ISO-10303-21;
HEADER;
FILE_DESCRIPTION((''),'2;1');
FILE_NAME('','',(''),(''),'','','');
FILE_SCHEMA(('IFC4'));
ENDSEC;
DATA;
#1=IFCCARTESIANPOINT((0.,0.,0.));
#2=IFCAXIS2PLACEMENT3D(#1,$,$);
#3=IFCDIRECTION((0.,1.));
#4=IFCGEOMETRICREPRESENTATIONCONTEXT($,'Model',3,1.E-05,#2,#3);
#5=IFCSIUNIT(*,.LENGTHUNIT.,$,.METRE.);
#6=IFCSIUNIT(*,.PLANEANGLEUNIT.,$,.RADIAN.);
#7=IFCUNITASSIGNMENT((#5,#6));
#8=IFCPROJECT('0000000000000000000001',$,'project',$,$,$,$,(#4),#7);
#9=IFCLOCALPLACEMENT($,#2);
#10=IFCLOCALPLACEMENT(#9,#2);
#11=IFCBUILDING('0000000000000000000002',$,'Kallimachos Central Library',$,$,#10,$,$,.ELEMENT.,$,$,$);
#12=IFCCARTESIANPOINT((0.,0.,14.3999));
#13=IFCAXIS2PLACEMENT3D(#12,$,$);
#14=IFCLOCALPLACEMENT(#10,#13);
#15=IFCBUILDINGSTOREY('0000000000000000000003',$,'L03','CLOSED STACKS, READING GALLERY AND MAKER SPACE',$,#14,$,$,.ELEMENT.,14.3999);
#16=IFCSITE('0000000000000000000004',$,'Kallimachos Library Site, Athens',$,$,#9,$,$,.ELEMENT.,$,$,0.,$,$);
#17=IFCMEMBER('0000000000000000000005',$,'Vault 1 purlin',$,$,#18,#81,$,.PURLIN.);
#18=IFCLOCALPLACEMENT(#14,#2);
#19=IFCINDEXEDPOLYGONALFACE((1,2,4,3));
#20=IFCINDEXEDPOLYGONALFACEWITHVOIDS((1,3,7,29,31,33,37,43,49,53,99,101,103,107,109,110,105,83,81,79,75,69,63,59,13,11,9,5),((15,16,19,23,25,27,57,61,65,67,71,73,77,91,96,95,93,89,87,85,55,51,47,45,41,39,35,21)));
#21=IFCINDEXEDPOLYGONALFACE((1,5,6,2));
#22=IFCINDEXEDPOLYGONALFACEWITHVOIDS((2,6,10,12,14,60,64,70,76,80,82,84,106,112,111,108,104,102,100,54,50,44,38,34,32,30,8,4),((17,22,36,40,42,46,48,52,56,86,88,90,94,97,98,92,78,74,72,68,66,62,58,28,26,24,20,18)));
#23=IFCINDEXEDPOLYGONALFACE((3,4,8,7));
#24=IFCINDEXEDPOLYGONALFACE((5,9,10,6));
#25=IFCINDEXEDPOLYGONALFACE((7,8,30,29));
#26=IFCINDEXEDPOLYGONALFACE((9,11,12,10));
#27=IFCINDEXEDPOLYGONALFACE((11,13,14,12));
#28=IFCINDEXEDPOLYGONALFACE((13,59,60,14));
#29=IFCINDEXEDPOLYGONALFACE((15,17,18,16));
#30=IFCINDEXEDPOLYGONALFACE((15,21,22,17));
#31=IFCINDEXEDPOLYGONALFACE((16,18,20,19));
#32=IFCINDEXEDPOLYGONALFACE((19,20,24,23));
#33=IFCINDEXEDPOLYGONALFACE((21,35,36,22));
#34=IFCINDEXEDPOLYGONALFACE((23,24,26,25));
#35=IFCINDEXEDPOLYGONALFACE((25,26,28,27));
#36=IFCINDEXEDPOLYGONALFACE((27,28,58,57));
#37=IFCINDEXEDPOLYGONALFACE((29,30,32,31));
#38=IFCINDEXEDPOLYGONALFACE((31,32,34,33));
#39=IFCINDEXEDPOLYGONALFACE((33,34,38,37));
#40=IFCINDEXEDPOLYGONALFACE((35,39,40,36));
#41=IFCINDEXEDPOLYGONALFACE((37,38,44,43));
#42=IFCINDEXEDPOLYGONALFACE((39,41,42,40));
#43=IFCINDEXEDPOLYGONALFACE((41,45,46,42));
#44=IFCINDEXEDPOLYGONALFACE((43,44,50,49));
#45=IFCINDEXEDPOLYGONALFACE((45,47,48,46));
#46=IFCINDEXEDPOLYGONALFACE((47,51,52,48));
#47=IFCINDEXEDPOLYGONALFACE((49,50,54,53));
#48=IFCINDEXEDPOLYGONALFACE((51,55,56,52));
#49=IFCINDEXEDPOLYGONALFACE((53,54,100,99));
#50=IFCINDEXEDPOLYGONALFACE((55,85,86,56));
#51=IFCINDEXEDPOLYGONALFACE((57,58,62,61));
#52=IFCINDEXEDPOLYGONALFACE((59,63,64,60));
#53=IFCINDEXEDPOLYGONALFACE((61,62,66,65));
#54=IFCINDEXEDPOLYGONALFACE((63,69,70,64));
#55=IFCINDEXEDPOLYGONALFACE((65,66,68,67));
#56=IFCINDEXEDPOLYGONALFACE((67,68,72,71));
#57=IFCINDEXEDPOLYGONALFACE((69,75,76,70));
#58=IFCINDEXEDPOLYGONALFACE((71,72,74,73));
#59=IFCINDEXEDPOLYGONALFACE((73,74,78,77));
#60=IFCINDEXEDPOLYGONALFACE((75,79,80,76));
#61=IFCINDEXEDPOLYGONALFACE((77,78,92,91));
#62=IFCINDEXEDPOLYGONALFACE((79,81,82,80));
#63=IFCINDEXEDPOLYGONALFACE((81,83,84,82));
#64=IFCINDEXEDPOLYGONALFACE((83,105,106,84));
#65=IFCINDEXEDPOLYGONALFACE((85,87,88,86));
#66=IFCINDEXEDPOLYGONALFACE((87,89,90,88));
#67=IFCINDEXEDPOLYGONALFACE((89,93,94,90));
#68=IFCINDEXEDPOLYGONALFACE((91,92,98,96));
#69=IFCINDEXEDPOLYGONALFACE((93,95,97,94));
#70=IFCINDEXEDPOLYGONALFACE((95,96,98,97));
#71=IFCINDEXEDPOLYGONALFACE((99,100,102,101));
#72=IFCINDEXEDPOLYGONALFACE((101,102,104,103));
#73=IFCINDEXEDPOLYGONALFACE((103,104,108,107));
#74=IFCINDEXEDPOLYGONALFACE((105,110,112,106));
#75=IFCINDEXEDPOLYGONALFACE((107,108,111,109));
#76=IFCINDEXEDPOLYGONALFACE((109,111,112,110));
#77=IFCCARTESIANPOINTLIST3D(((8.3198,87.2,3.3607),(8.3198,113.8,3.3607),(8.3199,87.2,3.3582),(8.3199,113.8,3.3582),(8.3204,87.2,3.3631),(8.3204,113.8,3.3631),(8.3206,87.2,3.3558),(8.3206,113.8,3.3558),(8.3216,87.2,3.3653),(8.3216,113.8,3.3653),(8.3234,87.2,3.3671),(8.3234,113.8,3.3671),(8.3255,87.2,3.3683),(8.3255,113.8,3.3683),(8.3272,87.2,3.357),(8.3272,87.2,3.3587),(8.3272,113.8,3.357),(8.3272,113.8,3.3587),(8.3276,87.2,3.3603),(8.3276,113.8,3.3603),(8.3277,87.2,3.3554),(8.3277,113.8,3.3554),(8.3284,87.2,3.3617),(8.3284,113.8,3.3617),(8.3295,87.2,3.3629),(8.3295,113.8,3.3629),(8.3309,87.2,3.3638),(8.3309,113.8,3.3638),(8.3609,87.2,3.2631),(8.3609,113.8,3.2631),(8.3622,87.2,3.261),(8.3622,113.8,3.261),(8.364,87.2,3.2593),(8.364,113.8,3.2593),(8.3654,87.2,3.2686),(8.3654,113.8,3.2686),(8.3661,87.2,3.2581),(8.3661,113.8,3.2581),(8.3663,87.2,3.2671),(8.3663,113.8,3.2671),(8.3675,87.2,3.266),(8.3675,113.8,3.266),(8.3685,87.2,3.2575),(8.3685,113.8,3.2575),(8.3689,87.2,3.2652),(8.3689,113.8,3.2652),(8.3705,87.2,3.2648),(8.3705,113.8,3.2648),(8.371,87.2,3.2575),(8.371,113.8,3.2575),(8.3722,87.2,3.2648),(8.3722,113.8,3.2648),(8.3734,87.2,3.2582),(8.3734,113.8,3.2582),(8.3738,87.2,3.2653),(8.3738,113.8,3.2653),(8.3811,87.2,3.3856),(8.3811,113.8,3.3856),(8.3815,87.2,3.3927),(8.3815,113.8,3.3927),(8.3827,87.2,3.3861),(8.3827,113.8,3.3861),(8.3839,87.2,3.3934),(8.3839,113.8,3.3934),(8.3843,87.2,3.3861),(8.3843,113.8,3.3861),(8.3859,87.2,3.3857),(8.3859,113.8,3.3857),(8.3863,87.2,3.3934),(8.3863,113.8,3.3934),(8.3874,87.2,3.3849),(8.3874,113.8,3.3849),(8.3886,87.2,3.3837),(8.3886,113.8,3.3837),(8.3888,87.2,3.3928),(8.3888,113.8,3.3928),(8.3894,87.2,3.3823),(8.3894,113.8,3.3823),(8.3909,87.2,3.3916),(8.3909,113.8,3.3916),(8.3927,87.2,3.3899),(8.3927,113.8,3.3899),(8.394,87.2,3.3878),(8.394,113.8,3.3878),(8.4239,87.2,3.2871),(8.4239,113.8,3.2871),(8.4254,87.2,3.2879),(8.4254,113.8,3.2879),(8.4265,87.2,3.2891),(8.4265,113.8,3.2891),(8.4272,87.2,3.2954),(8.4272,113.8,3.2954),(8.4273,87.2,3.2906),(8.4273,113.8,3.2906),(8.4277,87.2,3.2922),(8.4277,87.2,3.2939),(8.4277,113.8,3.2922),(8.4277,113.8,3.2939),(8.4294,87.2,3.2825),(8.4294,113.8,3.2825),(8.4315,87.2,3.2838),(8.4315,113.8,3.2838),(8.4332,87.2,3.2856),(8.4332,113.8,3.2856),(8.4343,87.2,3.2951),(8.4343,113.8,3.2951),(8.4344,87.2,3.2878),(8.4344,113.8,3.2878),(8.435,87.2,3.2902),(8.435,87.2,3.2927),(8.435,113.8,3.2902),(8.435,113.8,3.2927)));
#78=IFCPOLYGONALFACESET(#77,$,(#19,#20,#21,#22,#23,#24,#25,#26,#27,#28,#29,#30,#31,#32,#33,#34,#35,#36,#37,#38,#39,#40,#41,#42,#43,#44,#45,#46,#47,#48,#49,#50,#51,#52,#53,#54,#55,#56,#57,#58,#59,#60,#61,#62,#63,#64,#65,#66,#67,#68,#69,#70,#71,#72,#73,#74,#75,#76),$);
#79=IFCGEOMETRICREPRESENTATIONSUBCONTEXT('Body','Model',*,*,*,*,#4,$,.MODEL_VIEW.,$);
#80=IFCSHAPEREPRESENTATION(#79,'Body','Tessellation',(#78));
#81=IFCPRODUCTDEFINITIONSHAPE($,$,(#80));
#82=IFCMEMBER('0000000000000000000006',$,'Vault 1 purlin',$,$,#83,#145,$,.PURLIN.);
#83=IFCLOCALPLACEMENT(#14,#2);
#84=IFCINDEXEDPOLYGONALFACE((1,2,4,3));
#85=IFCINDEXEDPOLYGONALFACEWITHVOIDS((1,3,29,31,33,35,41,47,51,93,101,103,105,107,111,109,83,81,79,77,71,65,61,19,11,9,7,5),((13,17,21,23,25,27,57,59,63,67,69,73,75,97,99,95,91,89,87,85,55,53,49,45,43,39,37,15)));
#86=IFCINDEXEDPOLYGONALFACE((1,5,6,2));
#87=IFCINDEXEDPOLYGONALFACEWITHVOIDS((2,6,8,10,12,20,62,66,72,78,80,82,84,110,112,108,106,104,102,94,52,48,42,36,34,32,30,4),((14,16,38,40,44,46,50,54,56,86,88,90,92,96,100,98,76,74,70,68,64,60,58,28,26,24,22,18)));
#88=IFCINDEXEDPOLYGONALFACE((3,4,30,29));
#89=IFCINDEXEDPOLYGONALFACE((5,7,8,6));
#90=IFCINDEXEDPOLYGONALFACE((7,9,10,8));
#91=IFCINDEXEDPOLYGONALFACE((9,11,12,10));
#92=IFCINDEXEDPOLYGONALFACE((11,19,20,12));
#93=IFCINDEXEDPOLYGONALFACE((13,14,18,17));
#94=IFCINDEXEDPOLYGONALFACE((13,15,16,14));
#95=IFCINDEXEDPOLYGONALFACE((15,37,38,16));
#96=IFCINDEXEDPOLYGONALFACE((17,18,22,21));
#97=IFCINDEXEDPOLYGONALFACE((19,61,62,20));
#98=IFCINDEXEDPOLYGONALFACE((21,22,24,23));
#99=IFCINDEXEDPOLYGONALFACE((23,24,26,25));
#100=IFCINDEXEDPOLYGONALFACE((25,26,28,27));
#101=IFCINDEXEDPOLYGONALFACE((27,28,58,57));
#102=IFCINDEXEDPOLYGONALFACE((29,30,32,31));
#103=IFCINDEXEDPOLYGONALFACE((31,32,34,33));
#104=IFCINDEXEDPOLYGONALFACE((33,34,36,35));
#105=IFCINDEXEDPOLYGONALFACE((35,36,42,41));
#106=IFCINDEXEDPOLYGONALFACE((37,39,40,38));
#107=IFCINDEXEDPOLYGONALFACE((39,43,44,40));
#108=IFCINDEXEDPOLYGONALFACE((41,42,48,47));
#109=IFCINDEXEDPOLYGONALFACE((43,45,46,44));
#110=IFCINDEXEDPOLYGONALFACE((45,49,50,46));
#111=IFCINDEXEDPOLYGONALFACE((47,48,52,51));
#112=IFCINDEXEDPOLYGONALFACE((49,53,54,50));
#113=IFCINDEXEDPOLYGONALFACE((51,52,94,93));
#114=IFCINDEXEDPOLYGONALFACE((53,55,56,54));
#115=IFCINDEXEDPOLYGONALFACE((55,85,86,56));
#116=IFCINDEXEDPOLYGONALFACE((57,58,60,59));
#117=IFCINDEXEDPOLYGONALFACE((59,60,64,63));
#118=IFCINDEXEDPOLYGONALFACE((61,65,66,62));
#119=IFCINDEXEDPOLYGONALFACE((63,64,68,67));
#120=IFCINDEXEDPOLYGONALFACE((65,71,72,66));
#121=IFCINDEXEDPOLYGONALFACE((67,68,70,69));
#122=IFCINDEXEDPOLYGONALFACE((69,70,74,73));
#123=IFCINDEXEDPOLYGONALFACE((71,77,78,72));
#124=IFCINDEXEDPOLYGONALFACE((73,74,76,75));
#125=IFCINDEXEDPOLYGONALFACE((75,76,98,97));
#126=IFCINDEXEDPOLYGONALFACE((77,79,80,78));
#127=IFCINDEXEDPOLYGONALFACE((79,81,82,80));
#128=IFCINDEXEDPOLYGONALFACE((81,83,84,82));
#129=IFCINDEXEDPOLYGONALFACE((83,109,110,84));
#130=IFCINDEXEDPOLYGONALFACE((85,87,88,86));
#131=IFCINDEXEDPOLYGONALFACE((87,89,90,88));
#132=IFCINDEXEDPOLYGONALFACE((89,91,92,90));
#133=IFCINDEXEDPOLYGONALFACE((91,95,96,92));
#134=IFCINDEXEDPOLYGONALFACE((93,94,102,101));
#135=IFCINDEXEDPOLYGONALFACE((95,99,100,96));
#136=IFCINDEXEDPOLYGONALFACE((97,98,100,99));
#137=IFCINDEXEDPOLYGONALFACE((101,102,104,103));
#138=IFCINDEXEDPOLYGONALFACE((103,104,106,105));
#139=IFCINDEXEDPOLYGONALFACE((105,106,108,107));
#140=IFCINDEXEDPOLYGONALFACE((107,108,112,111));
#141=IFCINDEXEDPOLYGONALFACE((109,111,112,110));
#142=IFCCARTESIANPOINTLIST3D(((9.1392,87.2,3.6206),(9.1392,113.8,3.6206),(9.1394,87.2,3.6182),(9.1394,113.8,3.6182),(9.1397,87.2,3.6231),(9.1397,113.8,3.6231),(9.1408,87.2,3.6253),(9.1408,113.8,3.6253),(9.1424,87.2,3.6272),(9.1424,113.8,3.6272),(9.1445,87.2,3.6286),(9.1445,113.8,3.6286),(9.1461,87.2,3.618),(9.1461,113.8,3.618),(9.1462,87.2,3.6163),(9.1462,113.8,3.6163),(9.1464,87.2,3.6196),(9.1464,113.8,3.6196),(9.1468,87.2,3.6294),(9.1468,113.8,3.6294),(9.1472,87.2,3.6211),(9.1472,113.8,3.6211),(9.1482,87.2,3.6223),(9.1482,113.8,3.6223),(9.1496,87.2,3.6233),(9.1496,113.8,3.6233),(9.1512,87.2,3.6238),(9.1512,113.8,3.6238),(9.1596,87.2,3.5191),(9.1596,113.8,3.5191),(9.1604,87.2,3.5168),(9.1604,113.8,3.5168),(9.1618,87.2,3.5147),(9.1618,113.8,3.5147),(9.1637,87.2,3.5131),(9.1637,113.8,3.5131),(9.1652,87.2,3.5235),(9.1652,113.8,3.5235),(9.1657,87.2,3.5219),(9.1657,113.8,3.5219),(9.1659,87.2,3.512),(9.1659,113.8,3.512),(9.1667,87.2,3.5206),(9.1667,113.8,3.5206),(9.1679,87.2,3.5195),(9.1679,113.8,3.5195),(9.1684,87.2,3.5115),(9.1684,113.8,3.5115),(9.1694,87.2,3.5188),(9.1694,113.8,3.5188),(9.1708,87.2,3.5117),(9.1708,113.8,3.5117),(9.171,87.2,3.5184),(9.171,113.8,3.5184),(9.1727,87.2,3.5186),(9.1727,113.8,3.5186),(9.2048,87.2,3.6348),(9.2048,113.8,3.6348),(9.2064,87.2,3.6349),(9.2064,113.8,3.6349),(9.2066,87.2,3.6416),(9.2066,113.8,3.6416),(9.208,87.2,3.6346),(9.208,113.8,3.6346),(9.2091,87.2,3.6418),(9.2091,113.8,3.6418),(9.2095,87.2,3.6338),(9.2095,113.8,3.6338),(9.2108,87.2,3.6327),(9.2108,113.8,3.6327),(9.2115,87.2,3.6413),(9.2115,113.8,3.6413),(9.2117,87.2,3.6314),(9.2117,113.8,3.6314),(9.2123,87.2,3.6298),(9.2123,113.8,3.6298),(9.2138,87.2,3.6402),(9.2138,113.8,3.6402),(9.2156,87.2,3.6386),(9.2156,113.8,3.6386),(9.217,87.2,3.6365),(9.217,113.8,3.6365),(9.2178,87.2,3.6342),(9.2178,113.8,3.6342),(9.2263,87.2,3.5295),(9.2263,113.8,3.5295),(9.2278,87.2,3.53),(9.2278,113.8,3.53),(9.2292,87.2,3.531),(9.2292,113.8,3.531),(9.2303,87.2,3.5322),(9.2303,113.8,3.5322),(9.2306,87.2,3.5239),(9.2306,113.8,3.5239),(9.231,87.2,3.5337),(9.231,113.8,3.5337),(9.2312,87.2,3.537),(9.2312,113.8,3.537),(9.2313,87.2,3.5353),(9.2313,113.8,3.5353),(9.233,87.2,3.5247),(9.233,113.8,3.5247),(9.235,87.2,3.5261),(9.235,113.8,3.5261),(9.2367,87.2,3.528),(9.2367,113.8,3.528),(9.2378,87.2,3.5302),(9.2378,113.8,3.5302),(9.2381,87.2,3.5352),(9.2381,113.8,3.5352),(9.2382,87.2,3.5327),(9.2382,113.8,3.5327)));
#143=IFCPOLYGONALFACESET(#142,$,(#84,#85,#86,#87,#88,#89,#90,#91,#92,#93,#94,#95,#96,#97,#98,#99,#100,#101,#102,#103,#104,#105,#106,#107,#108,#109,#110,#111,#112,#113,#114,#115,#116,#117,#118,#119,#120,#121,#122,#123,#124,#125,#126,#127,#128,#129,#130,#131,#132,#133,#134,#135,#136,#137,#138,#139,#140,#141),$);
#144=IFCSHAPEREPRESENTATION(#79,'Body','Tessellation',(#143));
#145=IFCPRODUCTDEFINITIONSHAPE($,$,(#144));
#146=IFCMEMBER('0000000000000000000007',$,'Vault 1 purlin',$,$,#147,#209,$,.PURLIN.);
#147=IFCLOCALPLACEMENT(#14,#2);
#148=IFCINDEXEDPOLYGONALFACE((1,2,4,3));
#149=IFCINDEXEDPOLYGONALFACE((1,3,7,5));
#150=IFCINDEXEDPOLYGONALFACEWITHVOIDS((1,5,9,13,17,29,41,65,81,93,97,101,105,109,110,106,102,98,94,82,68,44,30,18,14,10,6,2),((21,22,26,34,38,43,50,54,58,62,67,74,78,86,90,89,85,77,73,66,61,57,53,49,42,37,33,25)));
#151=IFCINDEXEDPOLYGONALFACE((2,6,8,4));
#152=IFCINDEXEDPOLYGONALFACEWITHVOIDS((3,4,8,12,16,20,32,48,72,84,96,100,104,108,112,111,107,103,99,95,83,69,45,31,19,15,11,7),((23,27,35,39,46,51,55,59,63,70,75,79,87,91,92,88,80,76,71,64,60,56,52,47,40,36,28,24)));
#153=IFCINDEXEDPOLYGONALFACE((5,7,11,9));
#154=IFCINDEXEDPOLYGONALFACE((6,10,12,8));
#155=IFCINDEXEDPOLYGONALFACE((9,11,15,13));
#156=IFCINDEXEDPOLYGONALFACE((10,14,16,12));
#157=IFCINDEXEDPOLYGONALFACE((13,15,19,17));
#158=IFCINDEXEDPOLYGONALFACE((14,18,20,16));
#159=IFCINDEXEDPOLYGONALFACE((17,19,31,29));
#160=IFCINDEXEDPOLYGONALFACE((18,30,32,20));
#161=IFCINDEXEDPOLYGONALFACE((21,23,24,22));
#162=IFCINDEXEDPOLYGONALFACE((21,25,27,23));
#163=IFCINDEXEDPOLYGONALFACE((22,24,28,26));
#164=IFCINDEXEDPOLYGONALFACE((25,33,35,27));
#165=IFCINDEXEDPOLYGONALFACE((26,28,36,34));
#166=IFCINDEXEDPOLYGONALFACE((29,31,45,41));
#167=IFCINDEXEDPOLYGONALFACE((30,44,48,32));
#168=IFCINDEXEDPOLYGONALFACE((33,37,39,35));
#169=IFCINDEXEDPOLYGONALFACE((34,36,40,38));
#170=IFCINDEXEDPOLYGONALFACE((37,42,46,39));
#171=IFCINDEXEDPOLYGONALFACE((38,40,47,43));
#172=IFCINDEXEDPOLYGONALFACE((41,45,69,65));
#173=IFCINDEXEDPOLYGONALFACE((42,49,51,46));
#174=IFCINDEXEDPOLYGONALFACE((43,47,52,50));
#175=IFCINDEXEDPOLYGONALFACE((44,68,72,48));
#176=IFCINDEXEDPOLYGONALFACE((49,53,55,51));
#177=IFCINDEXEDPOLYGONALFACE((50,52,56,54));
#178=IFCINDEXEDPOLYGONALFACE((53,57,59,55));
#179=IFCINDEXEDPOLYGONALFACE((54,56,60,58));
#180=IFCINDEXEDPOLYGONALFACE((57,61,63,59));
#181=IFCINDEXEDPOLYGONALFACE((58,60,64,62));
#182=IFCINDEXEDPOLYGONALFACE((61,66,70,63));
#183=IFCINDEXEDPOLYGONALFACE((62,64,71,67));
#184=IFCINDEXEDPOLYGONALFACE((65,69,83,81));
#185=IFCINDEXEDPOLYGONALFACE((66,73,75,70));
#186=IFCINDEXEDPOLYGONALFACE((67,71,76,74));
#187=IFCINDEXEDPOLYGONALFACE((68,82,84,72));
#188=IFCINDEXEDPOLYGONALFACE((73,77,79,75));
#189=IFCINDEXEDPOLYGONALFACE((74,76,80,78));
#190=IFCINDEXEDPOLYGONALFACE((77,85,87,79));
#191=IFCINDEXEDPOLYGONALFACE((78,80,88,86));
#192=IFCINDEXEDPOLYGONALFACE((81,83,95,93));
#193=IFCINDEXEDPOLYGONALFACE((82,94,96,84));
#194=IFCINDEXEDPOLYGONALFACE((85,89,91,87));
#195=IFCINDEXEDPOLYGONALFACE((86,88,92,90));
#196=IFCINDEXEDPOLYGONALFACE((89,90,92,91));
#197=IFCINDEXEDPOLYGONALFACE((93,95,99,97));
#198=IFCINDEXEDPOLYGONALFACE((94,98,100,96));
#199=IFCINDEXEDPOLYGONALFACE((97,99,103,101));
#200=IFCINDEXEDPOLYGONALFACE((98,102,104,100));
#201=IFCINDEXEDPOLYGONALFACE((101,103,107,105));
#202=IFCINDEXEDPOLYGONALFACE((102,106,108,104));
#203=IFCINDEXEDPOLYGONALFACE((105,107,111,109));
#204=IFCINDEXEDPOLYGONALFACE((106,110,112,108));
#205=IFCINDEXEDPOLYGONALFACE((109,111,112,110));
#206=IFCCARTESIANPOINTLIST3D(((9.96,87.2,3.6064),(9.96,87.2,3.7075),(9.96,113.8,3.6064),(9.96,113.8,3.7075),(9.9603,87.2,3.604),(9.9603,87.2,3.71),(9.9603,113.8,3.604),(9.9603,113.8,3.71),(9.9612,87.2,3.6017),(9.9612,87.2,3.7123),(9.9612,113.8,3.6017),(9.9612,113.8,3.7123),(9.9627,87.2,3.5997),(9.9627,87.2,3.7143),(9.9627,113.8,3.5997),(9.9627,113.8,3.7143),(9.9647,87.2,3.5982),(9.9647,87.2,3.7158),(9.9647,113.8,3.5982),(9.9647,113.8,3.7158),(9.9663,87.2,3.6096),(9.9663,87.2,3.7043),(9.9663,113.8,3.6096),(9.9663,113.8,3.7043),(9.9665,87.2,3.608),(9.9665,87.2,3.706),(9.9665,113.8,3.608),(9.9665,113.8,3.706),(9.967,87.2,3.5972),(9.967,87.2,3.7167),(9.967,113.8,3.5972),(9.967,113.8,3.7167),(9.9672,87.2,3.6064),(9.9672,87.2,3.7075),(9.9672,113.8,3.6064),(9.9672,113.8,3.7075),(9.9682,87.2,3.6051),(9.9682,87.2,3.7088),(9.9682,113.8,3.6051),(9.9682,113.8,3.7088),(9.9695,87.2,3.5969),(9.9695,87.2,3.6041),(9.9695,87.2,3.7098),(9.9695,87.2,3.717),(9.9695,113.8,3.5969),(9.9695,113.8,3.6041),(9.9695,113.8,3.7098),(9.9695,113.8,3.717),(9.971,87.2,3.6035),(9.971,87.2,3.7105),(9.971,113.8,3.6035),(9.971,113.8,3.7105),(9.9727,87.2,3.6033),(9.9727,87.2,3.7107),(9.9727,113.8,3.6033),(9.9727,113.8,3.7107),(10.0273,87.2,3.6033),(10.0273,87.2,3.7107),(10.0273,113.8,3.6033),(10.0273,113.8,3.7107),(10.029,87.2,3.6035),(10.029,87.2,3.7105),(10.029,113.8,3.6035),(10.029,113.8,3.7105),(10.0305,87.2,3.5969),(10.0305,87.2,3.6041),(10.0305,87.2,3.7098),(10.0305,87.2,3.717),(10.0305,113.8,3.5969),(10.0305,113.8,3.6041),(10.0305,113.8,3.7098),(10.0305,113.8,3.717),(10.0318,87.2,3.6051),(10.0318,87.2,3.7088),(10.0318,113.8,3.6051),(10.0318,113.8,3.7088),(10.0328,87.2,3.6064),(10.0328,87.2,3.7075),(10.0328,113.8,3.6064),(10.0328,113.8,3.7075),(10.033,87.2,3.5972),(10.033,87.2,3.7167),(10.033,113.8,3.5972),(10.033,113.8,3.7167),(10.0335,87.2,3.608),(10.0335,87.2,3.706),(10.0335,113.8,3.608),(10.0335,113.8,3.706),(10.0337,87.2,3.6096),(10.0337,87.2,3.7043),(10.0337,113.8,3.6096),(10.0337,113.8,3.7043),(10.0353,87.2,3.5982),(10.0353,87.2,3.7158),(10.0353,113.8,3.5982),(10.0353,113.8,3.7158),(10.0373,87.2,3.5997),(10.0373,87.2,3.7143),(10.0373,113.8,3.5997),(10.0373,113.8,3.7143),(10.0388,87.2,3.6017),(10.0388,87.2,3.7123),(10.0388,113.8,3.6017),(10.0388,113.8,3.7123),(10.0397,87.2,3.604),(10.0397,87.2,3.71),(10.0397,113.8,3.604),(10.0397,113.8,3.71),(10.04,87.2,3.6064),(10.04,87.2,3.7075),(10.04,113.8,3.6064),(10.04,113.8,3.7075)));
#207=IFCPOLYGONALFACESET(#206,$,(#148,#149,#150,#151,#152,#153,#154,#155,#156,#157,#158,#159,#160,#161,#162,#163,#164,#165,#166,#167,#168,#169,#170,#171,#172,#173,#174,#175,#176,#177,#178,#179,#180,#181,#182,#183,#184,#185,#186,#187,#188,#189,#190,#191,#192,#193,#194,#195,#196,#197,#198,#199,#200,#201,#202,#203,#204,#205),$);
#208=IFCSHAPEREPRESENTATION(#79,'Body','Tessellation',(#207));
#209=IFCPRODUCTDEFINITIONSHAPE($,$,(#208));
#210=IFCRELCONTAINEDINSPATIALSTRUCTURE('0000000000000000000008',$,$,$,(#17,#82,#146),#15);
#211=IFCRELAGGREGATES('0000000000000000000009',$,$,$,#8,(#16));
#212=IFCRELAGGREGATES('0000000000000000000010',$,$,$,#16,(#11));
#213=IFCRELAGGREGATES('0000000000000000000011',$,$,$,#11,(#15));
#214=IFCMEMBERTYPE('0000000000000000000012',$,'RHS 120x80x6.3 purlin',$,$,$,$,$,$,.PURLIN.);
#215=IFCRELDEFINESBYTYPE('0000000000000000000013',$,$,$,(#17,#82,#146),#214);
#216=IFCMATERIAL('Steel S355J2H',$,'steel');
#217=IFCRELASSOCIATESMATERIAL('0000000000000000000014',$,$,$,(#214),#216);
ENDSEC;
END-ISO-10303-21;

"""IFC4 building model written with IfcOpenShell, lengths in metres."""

from ifc_helpers import new_model, si_unit, direction, frame, origin, origin_2d, place, context, subcontext, project, spatial, hollow_rectangle, extrude, material, material_profile, profile_set, type_object, element, save


model = new_model("IFC4")

# Units and contexts
model_context = context("Model", 3, precision=1e-05, world=origin(), true_north=direction((0.0, 1.0)))
body_context = subcontext(model_context, "Body", "Model", "MODEL_VIEW")
ifc_project = project(units=[si_unit("LENGTHUNIT", "METRE"), si_unit("PLANEANGLEUNIT", "RADIAN")], contexts=[model_context])

# Site, building, storey
site_placement = place(None, origin())
site = spatial("IfcSite", under=ifc_project, at=site_placement, Name="Kallimachos Library Site, Athens", CompositionType="ELEMENT", RefElevation=0.0)
building_placement = place(site_placement, origin())
building = spatial("IfcBuilding", under=site, at=building_placement, Name="Kallimachos Central Library", CompositionType="ELEMENT")
storey_placement = place(building_placement, frame((0.0, 0.0, 14.3999)))
storey = spatial("IfcBuildingStorey", under=building, at=storey_placement, Name="L03", Description="CLOSED STACKS, READING GALLERY AND MAKER SPACE", CompositionType="ELEMENT", Elevation=14.3999)

# Members
ifc_material_1 = material(Name="Steel S355J2H", Category="steel")
ifc_material_profile = material_profile(ifc_material_1, hollow_rectangle(XDim=0.0801, YDim=0.1201, WallThickness=0.0063, InnerFilletRadius=0.0063, OuterFilletRadius=0.0095, at=origin_2d()), Name="RHS 120x80x6.3")
ifc_profile_set = profile_set([ifc_material_profile], Name="Steel S355J2H")
member_type = type_object("IfcMemberType", Name="RHS 120x80x6.3 purlin", PredefinedType="PURLIN", material=ifc_profile_set)
for number, where, z_axis, x_axis, name in (
    (1, (8.3774, 87.2, 3.3254), (0.0, 1.0, 0.0), (-0.917005, 0.0, -0.398876), "Vault 1 purlin"),
    (2, (9.1887, 87.2, 3.5767), (0.0, 1.0, 0.0), (-0.979797, 0.0, -0.199994), "Vault 1 purlin"),
    (3, (10.0, 87.2, 3.657), (0.0, 1.0, 0.0), (-1.0, 0.0, 0.0), "Vault 1 purlin"),
):
    element("IfcMember", number, at=place(storey_placement, frame(where, z_axis=z_axis, x_axis=x_axis)), inside=storey, type_object=member_type, Name=name, PredefinedType="PURLIN", context=body_context, shape_type="SweptSolid", body=[
        extrude(hollow_rectangle(XDim=0.0801, YDim=0.1201, WallThickness=0.0063, InnerFilletRadius=0.0063, OuterFilletRadius=0.0095, at=origin_2d()), origin(), (0.0, 0.0, 1.0), 26.6001),
    ])

save(model, "model.ifc")
